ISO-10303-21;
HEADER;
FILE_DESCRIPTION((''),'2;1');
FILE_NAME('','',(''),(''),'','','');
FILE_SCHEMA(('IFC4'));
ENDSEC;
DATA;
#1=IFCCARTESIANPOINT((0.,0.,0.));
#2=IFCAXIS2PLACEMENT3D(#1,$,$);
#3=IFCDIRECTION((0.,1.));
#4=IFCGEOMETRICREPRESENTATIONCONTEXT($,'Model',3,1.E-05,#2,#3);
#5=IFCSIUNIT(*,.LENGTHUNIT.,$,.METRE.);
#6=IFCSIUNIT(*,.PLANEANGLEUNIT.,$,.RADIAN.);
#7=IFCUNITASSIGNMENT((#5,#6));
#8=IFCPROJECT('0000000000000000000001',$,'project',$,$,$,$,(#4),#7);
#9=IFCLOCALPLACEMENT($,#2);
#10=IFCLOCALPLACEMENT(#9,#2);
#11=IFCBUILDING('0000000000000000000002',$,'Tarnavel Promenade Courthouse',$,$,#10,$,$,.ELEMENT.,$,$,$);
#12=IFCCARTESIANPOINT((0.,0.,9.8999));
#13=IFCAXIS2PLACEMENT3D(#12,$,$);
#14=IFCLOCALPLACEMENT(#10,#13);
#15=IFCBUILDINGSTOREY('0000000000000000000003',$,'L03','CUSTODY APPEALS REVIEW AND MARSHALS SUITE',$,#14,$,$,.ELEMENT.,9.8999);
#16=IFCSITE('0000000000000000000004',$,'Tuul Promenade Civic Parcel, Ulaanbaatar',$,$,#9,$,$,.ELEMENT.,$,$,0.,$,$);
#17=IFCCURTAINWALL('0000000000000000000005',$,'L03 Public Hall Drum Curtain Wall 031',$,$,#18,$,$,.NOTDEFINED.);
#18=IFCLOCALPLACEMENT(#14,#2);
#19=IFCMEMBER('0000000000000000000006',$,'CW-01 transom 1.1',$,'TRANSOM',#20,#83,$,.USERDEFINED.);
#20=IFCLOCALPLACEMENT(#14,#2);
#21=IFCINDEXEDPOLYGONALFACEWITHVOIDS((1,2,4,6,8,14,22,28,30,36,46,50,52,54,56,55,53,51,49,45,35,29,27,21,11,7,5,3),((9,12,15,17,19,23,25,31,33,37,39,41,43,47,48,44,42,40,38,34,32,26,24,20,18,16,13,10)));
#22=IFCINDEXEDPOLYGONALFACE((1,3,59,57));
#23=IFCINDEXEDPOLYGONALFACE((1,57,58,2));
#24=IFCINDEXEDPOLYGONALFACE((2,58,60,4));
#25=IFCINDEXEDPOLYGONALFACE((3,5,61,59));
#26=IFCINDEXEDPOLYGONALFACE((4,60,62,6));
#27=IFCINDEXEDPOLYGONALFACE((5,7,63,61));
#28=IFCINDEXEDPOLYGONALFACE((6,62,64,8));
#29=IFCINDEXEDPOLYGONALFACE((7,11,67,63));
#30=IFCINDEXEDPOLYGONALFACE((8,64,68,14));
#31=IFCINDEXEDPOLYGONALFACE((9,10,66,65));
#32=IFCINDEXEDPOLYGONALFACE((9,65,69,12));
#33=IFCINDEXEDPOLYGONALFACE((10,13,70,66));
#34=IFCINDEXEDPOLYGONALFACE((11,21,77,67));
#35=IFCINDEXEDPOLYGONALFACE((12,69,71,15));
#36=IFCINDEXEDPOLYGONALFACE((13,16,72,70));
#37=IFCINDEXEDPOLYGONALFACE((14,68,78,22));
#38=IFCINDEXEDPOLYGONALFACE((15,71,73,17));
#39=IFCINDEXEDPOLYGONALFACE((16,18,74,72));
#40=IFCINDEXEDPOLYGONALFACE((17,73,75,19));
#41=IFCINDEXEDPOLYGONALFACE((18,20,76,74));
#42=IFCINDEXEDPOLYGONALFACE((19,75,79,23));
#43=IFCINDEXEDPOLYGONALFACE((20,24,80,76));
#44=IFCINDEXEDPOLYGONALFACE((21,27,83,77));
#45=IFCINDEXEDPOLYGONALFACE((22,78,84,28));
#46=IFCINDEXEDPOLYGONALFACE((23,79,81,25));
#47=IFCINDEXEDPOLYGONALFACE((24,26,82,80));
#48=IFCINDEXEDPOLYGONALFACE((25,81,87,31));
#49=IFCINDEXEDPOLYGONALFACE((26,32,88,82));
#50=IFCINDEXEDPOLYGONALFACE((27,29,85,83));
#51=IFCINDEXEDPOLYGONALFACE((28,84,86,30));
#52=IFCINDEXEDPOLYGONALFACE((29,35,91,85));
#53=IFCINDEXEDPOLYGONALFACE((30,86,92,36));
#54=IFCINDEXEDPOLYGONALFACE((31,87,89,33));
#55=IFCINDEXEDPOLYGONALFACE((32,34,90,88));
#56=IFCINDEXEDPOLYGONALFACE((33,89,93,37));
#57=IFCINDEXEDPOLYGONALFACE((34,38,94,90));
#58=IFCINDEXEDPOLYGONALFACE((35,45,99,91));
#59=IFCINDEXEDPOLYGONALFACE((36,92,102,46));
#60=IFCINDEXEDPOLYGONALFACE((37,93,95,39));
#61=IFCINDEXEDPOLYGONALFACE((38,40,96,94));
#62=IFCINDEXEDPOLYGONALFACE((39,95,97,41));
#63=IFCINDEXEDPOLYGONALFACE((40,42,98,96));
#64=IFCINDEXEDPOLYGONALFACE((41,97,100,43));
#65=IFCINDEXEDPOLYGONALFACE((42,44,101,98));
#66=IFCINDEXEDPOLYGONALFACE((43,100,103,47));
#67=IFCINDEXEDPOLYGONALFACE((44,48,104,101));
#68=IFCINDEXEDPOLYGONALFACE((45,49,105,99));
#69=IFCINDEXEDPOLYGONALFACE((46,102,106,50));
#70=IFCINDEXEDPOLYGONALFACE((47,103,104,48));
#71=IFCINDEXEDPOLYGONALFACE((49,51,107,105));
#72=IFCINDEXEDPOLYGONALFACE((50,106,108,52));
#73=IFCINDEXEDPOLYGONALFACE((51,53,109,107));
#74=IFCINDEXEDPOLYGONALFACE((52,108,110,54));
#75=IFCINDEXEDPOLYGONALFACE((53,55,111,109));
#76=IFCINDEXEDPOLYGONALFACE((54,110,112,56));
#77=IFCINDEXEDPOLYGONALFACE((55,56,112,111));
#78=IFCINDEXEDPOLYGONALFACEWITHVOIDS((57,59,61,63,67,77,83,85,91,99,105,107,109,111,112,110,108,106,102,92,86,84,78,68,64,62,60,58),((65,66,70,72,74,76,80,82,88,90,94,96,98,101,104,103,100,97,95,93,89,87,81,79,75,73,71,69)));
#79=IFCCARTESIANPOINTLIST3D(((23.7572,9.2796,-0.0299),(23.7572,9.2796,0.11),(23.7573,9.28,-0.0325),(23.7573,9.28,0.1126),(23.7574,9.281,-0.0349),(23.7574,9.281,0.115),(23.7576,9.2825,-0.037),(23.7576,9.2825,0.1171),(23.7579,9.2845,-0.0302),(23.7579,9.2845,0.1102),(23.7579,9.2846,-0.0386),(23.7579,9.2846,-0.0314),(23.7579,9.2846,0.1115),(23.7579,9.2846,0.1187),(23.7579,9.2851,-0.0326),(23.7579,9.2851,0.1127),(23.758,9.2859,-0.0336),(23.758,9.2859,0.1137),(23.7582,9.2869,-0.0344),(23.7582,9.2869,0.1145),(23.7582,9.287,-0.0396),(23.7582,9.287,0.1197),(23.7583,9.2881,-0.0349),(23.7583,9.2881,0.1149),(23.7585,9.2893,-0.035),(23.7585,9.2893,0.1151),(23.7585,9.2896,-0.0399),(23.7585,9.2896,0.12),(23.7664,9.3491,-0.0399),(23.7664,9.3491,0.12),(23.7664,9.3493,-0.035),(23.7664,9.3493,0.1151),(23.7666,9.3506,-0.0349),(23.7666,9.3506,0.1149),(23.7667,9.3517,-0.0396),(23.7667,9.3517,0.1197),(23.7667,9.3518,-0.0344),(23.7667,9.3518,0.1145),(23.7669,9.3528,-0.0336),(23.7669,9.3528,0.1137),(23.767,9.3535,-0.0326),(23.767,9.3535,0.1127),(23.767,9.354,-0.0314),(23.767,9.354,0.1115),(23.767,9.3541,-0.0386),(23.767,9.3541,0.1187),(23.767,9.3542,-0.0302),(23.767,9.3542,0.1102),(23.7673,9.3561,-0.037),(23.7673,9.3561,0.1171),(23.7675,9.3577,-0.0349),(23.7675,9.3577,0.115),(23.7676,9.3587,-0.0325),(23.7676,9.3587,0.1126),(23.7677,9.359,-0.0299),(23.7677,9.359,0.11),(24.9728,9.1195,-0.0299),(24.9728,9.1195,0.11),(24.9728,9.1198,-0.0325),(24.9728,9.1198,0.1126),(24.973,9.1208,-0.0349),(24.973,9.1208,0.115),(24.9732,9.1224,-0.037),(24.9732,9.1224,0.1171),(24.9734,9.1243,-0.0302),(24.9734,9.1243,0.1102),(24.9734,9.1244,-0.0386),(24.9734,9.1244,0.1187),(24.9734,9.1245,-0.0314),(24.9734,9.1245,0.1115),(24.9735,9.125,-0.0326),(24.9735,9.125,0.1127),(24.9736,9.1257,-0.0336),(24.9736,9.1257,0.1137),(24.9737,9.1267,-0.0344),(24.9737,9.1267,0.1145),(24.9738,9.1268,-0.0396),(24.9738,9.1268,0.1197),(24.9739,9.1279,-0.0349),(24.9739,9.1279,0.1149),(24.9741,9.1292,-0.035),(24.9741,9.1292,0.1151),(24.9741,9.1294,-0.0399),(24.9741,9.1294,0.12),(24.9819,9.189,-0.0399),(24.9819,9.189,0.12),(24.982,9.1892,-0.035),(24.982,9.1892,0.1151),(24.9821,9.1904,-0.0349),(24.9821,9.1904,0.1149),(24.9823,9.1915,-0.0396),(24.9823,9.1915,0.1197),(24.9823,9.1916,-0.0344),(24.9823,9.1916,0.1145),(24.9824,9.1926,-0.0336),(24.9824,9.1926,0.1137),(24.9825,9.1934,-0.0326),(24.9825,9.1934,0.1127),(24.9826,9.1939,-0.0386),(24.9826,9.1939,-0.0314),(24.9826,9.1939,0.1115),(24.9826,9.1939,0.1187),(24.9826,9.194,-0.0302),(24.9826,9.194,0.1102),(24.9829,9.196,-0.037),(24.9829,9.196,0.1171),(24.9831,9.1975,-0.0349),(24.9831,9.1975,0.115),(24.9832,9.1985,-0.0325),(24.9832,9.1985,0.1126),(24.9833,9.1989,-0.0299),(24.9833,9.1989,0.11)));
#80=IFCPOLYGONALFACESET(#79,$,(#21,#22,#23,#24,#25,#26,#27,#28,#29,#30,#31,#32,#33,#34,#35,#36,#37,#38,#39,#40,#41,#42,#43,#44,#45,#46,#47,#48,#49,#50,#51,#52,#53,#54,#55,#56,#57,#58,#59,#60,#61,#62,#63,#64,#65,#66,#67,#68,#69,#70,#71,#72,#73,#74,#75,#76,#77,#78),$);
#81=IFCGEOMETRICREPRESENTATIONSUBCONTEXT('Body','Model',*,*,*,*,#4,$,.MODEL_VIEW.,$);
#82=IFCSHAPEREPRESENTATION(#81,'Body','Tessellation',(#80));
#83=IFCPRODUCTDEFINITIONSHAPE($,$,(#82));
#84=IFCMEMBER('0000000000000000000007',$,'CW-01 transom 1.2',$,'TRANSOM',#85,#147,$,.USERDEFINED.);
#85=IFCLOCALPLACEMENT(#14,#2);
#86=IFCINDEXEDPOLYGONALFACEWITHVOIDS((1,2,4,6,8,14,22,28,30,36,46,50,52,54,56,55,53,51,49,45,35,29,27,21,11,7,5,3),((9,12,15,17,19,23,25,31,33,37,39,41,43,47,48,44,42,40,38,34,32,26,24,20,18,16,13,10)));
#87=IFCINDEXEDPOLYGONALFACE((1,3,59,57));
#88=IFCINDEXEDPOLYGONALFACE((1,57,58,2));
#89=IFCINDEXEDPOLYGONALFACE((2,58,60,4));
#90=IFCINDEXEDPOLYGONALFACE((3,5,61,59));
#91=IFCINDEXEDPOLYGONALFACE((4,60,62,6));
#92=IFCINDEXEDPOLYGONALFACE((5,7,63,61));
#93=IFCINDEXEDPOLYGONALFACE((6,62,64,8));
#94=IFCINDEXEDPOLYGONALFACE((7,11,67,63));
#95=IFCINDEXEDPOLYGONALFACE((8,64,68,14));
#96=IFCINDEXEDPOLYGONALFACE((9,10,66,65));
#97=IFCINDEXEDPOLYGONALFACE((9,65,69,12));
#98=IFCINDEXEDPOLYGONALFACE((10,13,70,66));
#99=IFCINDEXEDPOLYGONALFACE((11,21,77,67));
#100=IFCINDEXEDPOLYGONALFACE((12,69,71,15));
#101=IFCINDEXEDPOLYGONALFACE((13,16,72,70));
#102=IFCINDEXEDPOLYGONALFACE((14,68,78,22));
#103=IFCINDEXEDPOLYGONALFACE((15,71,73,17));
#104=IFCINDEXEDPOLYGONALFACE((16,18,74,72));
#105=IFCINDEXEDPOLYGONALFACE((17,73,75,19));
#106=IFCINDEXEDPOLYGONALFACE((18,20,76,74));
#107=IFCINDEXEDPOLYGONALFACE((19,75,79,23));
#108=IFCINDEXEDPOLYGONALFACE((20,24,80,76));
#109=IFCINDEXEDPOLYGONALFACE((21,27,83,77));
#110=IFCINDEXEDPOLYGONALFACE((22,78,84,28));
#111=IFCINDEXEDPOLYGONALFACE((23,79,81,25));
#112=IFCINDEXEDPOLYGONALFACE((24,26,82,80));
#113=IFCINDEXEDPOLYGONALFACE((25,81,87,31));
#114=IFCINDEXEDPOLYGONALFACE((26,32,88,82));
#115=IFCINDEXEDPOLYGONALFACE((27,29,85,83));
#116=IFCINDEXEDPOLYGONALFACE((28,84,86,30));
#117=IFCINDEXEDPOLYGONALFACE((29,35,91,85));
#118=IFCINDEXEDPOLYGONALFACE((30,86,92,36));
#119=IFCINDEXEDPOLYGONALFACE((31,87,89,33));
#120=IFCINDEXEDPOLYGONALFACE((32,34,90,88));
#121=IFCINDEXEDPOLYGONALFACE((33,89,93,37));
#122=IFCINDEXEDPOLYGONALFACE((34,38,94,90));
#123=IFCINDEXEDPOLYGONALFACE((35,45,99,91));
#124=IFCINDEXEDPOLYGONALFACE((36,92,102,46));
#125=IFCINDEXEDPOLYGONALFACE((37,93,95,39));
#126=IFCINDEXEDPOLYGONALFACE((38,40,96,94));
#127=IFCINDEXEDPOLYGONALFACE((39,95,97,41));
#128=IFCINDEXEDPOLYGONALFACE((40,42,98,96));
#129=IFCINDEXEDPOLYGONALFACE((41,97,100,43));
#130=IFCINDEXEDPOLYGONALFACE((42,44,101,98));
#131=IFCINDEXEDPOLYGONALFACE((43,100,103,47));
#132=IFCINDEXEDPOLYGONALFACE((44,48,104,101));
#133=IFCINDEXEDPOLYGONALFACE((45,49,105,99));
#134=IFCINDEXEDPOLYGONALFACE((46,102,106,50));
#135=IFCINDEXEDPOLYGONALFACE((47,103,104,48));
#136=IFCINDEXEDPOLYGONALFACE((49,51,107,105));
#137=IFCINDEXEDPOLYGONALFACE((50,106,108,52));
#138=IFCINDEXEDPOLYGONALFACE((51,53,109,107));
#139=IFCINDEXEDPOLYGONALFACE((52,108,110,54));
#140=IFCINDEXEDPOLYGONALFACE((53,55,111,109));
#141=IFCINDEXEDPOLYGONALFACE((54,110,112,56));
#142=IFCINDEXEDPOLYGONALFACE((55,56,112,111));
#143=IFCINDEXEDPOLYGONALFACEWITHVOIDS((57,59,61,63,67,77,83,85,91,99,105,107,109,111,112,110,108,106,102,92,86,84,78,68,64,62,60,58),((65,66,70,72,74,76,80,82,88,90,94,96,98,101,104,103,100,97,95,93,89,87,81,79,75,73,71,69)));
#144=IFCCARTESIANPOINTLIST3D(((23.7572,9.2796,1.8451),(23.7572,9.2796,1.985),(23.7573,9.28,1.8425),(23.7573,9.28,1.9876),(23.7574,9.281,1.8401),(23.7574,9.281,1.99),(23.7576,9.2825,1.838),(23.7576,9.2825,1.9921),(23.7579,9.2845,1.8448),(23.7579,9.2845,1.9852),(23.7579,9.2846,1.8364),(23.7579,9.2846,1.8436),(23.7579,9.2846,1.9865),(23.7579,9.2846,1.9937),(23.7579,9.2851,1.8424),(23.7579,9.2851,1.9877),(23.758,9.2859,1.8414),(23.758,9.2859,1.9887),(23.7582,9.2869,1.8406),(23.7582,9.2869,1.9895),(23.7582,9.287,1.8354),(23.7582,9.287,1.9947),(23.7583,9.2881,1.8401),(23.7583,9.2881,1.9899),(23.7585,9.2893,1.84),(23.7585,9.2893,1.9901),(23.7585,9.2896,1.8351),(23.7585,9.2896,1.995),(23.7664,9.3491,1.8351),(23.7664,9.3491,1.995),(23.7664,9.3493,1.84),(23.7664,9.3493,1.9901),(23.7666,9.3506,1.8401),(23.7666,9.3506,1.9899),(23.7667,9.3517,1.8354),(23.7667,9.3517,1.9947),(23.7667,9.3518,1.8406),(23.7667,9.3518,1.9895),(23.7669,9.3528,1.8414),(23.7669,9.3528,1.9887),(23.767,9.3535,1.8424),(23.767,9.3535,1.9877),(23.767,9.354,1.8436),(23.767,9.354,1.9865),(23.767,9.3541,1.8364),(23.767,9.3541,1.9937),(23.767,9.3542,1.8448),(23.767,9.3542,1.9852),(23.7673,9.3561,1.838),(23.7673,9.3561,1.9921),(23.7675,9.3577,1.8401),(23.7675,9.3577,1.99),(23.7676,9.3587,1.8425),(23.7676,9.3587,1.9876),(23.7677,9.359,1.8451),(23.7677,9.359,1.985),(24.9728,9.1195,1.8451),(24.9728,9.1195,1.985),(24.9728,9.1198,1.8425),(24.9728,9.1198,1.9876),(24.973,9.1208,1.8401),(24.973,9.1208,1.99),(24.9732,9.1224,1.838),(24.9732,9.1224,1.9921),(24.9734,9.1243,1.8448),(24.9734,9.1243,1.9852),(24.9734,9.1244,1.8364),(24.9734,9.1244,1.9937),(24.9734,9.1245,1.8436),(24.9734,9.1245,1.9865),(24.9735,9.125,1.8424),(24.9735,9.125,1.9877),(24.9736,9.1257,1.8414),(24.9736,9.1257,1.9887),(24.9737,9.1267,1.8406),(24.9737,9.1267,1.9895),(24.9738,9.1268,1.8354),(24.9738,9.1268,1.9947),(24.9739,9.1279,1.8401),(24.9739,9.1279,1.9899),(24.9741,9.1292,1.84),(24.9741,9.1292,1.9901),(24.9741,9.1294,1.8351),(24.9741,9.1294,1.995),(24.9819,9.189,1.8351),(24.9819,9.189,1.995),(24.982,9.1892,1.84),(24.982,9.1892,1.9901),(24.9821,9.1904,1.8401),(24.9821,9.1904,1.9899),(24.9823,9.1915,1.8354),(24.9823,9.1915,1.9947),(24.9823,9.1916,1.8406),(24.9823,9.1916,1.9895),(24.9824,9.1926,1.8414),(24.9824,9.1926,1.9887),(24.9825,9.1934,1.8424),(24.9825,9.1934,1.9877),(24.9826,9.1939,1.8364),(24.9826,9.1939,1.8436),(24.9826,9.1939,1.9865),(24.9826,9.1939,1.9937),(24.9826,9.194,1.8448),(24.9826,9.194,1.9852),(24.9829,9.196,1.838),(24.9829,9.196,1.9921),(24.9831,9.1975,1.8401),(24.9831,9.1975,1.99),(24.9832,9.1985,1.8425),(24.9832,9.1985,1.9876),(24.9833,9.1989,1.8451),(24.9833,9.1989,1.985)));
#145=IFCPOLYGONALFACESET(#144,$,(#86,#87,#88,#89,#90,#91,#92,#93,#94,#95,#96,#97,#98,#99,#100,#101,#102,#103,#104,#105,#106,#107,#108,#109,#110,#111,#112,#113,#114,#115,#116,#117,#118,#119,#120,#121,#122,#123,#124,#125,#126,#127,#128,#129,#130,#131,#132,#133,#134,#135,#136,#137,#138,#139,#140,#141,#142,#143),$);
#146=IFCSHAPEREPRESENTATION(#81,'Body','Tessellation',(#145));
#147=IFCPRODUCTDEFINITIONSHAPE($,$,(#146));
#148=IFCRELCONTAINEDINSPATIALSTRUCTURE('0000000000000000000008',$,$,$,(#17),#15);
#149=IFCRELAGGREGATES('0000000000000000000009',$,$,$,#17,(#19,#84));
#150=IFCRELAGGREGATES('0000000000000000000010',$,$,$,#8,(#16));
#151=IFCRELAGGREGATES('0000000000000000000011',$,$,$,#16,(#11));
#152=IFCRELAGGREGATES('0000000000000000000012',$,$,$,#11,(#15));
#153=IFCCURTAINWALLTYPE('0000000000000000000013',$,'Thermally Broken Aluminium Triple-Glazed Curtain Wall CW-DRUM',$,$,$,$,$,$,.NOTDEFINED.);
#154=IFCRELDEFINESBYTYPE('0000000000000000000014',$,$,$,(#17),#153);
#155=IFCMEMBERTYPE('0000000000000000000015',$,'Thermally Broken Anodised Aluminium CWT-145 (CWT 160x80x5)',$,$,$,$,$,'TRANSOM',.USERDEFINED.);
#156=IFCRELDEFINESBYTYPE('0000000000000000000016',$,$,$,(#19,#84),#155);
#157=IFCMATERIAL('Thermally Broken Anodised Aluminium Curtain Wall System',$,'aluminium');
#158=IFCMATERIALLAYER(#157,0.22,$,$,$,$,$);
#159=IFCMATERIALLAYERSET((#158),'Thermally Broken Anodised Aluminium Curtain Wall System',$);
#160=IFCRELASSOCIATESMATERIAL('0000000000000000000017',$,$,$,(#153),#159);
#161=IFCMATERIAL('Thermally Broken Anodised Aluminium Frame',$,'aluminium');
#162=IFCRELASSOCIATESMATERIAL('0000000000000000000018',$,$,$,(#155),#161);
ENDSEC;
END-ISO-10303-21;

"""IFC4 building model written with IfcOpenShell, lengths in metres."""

from ifc_helpers import new_model, si_unit, direction, frame, origin, origin_2d, place, context, subcontext, project, spatial, hollow_rectangle, extrude, material, layer, layer_set, material_profile, profile_set, type_object, element, aggregate, save


model = new_model("IFC4")

# Units and contexts
model_context = context("Model", 3, precision=1e-05, world=origin(), true_north=direction((0.0, 1.0)))
body_context = subcontext(model_context, "Body", "Model", "MODEL_VIEW")
ifc_project = project(units=[si_unit("LENGTHUNIT", "METRE"), si_unit("PLANEANGLEUNIT", "RADIAN")], contexts=[model_context])

# Site, building, storey
site_placement = place(None, origin())
site = spatial("IfcSite", under=ifc_project, at=site_placement, Name="Tuul Promenade Civic Parcel, Ulaanbaatar", CompositionType="ELEMENT", RefElevation=0.0)
building_placement = place(site_placement, origin())
building = spatial("IfcBuilding", under=site, at=building_placement, Name="Tarnavel Promenade Courthouse", CompositionType="ELEMENT")
storey_placement = place(building_placement, frame((0.0, 0.0, 9.8999)))
storey = spatial("IfcBuildingStorey", under=building, at=storey_placement, Name="L03", Description="CUSTODY APPEALS REVIEW AND MARSHALS SUITE", CompositionType="ELEMENT", Elevation=9.8999)

# Shared definitions
ifc_material_1 = material(Name="Thermally Broken Anodised Aluminium Curtain Wall System", Category="aluminium")
ifc_layer_1 = layer(ifc_material_1, 0.22)
ifc_layer_set_1 = layer_set([ifc_layer_1], Name="Thermally Broken Anodised Aluminium Curtain Wall System")
curtain_wall_type = type_object("IfcCurtainWallType", Name="Thermally Broken Aluminium Triple-Glazed Curtain Wall CW-DRUM", PredefinedType="NOTDEFINED", material=ifc_layer_set_1)
ifc_material_2 = material(Name="Thermally Broken Anodised Aluminium Frame", Category="aluminium")

# Curtain wall
curtain_wall_1_placement = place(storey_placement, origin())
curtain_wall_1 = element("IfcCurtainWall", 1, at=curtain_wall_1_placement, inside=storey, type_object=curtain_wall_type, Name="L03 Public Hall Drum Curtain Wall 031", PredefinedType="NOTDEFINED")

# Members
ifc_material_profile_1 = material_profile(ifc_material_2, hollow_rectangle(XDim=0.0801, YDim=0.1599, WallThickness=0.0049, InnerFilletRadius=0.0049, OuterFilletRadius=0.01, at=origin_2d()), Name="CWT 160x80x5")
ifc_profile_set_1 = profile_set([ifc_material_profile_1], Name="Thermally Broken Anodised Aluminium Frame")
member_type_1 = type_object("IfcMemberType", Name="Thermally Broken Anodised Aluminium CWT-145 (CWT 160x80x5)", ElementType="TRANSOM", PredefinedType="USERDEFINED", material=ifc_profile_set_1)
member_1_placement = place(storey_placement, frame((23.7625, 9.3193, 0.04), z_axis=(0.991432, -0.130624, 0.0), x_axis=(0.130624, 0.991432, 0.0)))
member_1 = element("IfcMember", 2, at=member_1_placement, type_object=member_type_1, Name="CW-01 transom 1.1", ObjectType="TRANSOM", PredefinedType="USERDEFINED", context=body_context, shape_type="SweptSolid", body=[
    extrude(hollow_rectangle(XDim=0.0801, YDim=0.1599, WallThickness=0.0049, InnerFilletRadius=0.0049, OuterFilletRadius=0.01, at=origin_2d()), origin(), (0.0, 0.0, 1.0), 1.2261),
])
member_2_placement = place(storey_placement, frame((23.7625, 9.3193, 1.915), z_axis=(0.991432, -0.130624, 0.0), x_axis=(0.130624, 0.991432, 0.0)))
member_2 = element("IfcMember", 3, at=member_2_placement, type_object=member_type_1, Name="CW-01 transom 1.2", ObjectType="TRANSOM", PredefinedType="USERDEFINED", context=body_context, shape_type="SweptSolid", body=[
    extrude(hollow_rectangle(XDim=0.0801, YDim=0.1599, WallThickness=0.0049, InnerFilletRadius=0.0049, OuterFilletRadius=0.01, at=origin_2d()), origin(), (0.0, 0.0, 1.0), 1.2261),
])

aggregate(curtain_wall_1, [member_1, member_2])

save(model, "model.ifc")
